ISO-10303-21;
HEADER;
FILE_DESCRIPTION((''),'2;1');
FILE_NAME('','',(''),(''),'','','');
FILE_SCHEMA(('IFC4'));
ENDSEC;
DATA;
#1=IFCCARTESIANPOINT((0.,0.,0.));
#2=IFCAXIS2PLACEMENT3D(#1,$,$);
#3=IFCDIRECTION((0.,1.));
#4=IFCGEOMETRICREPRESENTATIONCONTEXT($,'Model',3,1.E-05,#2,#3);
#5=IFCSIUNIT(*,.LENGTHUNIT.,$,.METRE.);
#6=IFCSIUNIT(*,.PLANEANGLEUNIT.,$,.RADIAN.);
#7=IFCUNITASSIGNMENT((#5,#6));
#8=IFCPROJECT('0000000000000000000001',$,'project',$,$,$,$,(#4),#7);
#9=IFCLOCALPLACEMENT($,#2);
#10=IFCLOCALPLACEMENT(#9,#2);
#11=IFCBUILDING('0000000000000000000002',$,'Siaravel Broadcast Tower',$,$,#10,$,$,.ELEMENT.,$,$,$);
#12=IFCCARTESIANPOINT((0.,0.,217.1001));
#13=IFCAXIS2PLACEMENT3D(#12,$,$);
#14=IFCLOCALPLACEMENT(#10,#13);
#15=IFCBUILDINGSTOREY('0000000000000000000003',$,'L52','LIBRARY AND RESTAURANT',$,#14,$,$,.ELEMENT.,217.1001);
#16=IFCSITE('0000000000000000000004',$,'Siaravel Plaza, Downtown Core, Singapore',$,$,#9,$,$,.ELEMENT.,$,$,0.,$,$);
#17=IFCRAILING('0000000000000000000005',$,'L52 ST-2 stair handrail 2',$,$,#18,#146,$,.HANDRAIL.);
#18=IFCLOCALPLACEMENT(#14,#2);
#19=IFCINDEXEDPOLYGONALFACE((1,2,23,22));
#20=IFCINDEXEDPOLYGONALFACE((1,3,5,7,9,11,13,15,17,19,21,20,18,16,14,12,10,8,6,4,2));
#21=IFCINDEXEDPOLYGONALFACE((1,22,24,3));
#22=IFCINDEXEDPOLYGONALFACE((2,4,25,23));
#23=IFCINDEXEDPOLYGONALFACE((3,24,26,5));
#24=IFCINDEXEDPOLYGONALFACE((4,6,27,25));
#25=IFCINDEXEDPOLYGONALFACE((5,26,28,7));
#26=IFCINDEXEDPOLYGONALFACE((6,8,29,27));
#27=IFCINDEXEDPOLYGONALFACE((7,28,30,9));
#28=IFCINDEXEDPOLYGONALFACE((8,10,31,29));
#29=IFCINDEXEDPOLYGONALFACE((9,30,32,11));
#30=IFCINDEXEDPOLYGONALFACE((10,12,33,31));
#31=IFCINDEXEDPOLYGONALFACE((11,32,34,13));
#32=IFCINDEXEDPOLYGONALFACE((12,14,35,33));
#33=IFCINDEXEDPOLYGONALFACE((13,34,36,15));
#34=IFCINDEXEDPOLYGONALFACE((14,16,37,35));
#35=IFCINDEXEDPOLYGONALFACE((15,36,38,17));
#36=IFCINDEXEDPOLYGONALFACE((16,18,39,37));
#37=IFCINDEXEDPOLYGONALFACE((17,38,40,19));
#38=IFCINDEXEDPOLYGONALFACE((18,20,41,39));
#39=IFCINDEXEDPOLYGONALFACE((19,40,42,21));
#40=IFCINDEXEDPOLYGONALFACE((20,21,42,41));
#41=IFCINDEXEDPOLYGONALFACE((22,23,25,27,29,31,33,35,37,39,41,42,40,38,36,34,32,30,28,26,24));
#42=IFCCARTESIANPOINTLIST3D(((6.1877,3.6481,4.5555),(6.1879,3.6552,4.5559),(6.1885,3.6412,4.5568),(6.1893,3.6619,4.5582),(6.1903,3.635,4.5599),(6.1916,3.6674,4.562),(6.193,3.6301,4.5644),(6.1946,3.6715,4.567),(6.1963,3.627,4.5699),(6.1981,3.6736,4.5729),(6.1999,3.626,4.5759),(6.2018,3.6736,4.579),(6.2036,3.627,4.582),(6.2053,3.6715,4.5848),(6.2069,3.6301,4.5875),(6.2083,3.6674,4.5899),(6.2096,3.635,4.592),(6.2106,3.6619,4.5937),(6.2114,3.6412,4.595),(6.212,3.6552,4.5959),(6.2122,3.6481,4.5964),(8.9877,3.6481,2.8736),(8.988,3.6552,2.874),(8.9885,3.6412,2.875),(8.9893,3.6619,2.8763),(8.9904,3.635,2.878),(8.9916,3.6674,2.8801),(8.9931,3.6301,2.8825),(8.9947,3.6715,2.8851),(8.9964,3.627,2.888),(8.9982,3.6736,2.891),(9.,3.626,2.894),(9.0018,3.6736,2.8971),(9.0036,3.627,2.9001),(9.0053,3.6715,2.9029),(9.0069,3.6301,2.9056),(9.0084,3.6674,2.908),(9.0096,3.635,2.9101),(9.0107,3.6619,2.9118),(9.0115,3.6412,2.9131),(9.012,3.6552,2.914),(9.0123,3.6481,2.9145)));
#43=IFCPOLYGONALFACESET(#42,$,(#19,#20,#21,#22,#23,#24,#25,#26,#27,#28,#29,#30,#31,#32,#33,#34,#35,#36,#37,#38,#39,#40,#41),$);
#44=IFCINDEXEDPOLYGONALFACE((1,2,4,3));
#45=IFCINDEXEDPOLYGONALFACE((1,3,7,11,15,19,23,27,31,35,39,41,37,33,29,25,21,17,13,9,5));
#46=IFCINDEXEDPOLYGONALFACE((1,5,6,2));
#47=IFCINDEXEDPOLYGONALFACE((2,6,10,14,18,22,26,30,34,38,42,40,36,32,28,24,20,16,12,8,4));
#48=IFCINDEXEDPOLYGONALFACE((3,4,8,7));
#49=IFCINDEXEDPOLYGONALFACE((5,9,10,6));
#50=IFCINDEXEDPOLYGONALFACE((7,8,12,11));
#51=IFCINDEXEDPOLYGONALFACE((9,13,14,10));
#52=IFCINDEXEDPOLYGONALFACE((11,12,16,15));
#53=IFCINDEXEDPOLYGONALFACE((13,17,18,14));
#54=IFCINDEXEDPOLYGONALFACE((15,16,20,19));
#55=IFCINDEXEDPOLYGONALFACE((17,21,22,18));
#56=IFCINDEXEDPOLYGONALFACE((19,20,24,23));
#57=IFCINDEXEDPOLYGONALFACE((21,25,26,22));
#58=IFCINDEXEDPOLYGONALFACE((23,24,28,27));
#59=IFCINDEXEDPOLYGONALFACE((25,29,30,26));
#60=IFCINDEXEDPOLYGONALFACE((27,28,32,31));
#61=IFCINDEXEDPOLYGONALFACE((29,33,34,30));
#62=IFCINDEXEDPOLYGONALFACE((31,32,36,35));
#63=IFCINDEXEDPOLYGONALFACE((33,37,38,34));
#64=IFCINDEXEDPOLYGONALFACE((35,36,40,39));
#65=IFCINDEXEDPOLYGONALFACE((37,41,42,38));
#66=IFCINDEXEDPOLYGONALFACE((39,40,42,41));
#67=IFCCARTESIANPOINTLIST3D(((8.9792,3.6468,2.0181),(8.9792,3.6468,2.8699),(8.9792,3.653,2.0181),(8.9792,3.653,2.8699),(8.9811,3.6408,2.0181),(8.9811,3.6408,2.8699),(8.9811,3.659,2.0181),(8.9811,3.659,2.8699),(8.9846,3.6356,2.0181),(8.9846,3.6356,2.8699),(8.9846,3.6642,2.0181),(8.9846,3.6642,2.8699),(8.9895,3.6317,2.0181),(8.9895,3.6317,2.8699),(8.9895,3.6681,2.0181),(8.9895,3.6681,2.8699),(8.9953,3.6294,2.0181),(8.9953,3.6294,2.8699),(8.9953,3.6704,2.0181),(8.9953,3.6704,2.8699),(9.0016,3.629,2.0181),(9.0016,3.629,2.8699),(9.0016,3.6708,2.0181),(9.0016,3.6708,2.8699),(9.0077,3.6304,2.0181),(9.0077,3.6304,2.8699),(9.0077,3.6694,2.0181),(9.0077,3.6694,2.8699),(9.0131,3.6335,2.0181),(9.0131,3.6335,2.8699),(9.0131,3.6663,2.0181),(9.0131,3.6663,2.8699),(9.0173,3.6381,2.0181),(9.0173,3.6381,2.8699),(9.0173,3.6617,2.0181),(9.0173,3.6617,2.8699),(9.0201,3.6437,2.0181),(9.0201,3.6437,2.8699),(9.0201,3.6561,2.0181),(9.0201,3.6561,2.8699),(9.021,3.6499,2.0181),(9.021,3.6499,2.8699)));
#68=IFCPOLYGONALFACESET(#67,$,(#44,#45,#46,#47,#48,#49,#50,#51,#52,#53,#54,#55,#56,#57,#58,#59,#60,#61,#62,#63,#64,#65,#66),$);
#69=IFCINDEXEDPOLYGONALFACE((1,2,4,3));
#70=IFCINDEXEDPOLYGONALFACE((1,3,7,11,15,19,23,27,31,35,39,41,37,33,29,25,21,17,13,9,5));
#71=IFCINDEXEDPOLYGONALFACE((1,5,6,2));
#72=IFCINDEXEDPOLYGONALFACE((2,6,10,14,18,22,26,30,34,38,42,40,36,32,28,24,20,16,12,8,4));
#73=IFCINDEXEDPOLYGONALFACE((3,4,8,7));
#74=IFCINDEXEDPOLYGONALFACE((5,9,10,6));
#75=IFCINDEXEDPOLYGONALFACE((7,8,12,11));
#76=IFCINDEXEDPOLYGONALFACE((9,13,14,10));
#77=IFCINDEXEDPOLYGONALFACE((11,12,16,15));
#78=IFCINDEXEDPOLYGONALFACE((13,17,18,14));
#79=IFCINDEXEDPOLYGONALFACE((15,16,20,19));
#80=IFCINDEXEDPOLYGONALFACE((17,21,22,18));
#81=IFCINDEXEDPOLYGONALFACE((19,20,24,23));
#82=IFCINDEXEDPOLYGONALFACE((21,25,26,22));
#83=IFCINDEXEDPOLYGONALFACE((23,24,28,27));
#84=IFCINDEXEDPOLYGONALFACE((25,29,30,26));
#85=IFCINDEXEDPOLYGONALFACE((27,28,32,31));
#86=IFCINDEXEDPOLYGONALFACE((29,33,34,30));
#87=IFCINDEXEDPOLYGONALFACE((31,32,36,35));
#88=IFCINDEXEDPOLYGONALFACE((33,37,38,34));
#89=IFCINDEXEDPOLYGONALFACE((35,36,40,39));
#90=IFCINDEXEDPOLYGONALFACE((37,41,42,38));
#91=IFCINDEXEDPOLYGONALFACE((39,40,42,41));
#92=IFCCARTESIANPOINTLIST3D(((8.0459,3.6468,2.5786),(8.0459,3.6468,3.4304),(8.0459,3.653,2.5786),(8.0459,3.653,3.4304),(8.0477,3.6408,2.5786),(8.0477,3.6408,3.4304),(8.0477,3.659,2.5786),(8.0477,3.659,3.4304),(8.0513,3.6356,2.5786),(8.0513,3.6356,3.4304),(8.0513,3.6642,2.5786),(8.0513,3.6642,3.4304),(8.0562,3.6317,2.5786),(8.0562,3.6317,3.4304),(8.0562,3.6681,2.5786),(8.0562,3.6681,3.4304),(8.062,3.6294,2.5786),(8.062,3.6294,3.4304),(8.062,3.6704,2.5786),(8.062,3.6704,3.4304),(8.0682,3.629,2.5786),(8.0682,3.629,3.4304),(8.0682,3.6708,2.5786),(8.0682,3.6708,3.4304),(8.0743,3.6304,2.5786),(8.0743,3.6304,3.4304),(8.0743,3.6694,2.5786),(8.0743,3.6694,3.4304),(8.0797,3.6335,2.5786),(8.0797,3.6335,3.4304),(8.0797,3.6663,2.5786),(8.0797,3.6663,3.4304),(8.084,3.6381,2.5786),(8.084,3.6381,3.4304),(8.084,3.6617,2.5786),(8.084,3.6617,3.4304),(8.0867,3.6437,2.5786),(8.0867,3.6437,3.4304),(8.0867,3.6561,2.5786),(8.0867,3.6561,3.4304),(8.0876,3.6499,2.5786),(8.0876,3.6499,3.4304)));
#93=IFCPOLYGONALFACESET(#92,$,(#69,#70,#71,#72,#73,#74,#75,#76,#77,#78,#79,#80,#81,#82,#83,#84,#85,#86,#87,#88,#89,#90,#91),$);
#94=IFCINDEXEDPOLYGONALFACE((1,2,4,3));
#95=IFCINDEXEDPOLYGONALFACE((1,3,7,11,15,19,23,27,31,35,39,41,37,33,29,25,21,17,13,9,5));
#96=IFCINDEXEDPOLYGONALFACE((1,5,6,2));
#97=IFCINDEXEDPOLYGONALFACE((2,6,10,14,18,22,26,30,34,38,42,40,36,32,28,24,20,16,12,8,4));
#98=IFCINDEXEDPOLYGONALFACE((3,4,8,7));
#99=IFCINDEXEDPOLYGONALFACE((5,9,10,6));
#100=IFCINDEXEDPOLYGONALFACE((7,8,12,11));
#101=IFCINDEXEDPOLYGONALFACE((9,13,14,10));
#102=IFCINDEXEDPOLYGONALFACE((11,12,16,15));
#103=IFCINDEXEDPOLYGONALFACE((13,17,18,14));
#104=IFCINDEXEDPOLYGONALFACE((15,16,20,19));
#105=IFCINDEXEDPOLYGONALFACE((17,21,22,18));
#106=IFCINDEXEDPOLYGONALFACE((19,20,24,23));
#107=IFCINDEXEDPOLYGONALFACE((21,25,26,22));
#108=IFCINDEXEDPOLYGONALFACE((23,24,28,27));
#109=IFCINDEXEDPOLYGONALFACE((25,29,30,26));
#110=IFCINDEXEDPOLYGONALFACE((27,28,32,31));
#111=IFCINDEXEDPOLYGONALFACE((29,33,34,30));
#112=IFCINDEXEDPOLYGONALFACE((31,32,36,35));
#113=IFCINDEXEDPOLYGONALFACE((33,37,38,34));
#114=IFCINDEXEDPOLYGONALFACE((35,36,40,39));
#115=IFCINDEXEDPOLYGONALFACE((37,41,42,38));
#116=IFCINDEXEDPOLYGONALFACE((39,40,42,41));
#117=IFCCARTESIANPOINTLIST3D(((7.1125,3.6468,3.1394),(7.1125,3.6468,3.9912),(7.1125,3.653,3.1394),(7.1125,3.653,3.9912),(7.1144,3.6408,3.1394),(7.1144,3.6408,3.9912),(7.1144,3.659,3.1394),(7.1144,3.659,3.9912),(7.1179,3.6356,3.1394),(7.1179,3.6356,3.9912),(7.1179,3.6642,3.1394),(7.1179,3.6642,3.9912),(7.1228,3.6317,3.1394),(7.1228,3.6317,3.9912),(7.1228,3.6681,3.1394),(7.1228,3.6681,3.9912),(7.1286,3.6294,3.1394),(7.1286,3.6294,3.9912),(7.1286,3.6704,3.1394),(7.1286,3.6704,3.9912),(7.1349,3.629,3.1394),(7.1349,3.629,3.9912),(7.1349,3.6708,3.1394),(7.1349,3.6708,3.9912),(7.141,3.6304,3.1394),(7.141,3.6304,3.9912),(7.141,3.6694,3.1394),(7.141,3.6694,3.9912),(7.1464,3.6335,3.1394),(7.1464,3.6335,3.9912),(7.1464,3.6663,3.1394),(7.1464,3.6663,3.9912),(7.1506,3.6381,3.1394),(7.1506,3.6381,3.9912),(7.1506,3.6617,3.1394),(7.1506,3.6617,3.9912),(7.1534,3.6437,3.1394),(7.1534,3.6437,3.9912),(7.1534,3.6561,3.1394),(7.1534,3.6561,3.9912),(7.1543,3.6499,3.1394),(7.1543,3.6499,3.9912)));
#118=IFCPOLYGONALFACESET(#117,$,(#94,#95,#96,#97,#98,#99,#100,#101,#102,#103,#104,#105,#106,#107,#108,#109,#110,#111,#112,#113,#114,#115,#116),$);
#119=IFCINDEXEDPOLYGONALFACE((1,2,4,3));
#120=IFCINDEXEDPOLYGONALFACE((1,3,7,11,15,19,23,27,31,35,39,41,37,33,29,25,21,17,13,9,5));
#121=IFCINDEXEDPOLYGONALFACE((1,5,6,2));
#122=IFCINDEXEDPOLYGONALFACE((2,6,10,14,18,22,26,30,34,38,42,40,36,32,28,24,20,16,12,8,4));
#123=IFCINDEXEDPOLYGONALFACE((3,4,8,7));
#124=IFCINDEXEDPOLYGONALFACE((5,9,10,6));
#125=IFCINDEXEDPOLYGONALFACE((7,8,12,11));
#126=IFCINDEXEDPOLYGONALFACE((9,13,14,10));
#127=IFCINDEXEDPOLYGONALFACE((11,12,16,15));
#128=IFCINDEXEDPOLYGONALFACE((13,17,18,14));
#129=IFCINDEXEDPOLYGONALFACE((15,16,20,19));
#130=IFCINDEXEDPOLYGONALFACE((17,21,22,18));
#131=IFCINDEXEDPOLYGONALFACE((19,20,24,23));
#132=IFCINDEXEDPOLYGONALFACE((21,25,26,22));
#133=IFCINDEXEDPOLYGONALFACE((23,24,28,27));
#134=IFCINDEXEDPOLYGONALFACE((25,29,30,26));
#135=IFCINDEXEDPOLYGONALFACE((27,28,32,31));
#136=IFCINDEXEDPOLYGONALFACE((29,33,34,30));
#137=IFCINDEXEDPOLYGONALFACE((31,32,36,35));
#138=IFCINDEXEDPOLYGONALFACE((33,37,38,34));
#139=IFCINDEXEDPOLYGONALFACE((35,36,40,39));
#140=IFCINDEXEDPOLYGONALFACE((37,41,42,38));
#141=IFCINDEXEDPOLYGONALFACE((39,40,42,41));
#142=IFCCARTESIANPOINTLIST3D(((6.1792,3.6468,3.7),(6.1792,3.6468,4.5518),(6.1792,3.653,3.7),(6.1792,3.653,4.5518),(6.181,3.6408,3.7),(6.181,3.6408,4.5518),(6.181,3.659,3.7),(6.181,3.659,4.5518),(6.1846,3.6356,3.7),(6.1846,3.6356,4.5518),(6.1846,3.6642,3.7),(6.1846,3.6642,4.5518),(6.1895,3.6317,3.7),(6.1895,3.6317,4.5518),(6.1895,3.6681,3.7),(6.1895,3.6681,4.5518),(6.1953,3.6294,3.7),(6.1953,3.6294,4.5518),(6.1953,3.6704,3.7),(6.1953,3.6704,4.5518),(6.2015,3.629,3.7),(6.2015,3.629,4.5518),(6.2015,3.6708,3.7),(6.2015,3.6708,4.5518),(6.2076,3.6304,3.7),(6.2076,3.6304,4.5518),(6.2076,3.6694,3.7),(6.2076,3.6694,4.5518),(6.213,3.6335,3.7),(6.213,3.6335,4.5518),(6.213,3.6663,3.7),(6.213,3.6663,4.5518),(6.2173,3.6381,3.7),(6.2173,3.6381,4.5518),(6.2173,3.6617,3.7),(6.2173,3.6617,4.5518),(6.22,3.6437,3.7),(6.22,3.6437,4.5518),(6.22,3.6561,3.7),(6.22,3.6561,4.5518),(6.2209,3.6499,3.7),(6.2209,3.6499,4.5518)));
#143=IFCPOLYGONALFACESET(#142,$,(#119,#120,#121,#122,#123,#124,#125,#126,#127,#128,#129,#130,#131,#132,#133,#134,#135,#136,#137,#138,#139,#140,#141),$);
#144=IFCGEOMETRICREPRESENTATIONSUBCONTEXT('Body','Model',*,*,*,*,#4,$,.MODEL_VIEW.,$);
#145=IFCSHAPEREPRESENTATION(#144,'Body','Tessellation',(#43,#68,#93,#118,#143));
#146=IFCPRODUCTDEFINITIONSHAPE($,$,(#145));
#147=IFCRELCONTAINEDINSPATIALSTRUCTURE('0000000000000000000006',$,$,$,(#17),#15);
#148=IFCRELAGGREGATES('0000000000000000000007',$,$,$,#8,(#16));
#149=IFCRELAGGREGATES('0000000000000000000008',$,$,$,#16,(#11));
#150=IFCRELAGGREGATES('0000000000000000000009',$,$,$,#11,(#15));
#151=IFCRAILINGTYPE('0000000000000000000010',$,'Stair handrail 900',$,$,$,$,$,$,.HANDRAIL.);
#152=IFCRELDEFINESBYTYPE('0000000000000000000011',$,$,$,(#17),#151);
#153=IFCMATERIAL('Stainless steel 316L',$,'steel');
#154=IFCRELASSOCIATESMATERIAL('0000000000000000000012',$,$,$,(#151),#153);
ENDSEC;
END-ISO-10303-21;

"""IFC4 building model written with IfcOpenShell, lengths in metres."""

from ifc_helpers import new_model, si_unit, direction, frame, origin, origin_2d, place, context, subcontext, project, spatial, circle, extrude, material, type_object, element, save


model = new_model("IFC4")

# Units and contexts
model_context = context("Model", 3, precision=1e-05, world=origin(), true_north=direction((0.0, 1.0)))
body_context = subcontext(model_context, "Body", "Model", "MODEL_VIEW")
ifc_project = project(units=[si_unit("LENGTHUNIT", "METRE"), si_unit("PLANEANGLEUNIT", "RADIAN")], contexts=[model_context])

# Site, building, storey
site_placement = place(None, origin())
site = spatial("IfcSite", under=ifc_project, at=site_placement, Name="Siaravel Plaza, Downtown Core, Singapore", CompositionType="ELEMENT", RefElevation=0.0)
building_placement = place(site_placement, origin())
building = spatial("IfcBuilding", under=site, at=building_placement, Name="Siaravel Broadcast Tower", CompositionType="ELEMENT")
storey_placement = place(building_placement, frame((0.0, 0.0, 217.1001)))
storey = spatial("IfcBuildingStorey", under=building, at=storey_placement, Name="L52", Description="LIBRARY AND RESTAURANT", CompositionType="ELEMENT", Elevation=217.1001)

# Railing
ifc_material_1 = material(Name="Stainless steel 316L", Category="steel")
railing_type_1 = type_object("IfcRailingType", Name="Stair handrail 900", PredefinedType="HANDRAIL", material=ifc_material_1)
railing_1_placement = place(storey_placement, frame((9.0, 3.6499, 2.0181)))
element("IfcRailing", 1, at=railing_1_placement, inside=storey, type_object=railing_type_1, Name="L52 ST-2 stair handrail 2", PredefinedType="HANDRAIL", context=body_context, shape_type="SweptSolid", body=[
    extrude(circle(Radius=0.0239, at=origin_2d()), frame((0.0, 0.0, 0.876), z_axis=(-0.857242, 0.0, 0.514913), x_axis=(0.0, -1.0, 0.0)), (0.0, 0.0, 1.0), 3.2664),
    extrude(circle(Radius=0.021, at=origin_2d()), origin(), (0.0, 0.0, 1.0), 0.8518),
    extrude(circle(Radius=0.021, at=origin_2d()), frame((-0.9333, 0.0, 0.5605)), (0.0, 0.0, 1.0), 0.8518),
    extrude(circle(Radius=0.021, at=origin_2d()), frame((-1.8667, 0.0, 1.1213)), (0.0, 0.0, 1.0), 0.8518),
    extrude(circle(Radius=0.021, at=origin_2d()), frame((-2.8, 0.0, 1.6819)), (0.0, 0.0, 1.0), 0.8518),
])

save(model, "model.ifc")
